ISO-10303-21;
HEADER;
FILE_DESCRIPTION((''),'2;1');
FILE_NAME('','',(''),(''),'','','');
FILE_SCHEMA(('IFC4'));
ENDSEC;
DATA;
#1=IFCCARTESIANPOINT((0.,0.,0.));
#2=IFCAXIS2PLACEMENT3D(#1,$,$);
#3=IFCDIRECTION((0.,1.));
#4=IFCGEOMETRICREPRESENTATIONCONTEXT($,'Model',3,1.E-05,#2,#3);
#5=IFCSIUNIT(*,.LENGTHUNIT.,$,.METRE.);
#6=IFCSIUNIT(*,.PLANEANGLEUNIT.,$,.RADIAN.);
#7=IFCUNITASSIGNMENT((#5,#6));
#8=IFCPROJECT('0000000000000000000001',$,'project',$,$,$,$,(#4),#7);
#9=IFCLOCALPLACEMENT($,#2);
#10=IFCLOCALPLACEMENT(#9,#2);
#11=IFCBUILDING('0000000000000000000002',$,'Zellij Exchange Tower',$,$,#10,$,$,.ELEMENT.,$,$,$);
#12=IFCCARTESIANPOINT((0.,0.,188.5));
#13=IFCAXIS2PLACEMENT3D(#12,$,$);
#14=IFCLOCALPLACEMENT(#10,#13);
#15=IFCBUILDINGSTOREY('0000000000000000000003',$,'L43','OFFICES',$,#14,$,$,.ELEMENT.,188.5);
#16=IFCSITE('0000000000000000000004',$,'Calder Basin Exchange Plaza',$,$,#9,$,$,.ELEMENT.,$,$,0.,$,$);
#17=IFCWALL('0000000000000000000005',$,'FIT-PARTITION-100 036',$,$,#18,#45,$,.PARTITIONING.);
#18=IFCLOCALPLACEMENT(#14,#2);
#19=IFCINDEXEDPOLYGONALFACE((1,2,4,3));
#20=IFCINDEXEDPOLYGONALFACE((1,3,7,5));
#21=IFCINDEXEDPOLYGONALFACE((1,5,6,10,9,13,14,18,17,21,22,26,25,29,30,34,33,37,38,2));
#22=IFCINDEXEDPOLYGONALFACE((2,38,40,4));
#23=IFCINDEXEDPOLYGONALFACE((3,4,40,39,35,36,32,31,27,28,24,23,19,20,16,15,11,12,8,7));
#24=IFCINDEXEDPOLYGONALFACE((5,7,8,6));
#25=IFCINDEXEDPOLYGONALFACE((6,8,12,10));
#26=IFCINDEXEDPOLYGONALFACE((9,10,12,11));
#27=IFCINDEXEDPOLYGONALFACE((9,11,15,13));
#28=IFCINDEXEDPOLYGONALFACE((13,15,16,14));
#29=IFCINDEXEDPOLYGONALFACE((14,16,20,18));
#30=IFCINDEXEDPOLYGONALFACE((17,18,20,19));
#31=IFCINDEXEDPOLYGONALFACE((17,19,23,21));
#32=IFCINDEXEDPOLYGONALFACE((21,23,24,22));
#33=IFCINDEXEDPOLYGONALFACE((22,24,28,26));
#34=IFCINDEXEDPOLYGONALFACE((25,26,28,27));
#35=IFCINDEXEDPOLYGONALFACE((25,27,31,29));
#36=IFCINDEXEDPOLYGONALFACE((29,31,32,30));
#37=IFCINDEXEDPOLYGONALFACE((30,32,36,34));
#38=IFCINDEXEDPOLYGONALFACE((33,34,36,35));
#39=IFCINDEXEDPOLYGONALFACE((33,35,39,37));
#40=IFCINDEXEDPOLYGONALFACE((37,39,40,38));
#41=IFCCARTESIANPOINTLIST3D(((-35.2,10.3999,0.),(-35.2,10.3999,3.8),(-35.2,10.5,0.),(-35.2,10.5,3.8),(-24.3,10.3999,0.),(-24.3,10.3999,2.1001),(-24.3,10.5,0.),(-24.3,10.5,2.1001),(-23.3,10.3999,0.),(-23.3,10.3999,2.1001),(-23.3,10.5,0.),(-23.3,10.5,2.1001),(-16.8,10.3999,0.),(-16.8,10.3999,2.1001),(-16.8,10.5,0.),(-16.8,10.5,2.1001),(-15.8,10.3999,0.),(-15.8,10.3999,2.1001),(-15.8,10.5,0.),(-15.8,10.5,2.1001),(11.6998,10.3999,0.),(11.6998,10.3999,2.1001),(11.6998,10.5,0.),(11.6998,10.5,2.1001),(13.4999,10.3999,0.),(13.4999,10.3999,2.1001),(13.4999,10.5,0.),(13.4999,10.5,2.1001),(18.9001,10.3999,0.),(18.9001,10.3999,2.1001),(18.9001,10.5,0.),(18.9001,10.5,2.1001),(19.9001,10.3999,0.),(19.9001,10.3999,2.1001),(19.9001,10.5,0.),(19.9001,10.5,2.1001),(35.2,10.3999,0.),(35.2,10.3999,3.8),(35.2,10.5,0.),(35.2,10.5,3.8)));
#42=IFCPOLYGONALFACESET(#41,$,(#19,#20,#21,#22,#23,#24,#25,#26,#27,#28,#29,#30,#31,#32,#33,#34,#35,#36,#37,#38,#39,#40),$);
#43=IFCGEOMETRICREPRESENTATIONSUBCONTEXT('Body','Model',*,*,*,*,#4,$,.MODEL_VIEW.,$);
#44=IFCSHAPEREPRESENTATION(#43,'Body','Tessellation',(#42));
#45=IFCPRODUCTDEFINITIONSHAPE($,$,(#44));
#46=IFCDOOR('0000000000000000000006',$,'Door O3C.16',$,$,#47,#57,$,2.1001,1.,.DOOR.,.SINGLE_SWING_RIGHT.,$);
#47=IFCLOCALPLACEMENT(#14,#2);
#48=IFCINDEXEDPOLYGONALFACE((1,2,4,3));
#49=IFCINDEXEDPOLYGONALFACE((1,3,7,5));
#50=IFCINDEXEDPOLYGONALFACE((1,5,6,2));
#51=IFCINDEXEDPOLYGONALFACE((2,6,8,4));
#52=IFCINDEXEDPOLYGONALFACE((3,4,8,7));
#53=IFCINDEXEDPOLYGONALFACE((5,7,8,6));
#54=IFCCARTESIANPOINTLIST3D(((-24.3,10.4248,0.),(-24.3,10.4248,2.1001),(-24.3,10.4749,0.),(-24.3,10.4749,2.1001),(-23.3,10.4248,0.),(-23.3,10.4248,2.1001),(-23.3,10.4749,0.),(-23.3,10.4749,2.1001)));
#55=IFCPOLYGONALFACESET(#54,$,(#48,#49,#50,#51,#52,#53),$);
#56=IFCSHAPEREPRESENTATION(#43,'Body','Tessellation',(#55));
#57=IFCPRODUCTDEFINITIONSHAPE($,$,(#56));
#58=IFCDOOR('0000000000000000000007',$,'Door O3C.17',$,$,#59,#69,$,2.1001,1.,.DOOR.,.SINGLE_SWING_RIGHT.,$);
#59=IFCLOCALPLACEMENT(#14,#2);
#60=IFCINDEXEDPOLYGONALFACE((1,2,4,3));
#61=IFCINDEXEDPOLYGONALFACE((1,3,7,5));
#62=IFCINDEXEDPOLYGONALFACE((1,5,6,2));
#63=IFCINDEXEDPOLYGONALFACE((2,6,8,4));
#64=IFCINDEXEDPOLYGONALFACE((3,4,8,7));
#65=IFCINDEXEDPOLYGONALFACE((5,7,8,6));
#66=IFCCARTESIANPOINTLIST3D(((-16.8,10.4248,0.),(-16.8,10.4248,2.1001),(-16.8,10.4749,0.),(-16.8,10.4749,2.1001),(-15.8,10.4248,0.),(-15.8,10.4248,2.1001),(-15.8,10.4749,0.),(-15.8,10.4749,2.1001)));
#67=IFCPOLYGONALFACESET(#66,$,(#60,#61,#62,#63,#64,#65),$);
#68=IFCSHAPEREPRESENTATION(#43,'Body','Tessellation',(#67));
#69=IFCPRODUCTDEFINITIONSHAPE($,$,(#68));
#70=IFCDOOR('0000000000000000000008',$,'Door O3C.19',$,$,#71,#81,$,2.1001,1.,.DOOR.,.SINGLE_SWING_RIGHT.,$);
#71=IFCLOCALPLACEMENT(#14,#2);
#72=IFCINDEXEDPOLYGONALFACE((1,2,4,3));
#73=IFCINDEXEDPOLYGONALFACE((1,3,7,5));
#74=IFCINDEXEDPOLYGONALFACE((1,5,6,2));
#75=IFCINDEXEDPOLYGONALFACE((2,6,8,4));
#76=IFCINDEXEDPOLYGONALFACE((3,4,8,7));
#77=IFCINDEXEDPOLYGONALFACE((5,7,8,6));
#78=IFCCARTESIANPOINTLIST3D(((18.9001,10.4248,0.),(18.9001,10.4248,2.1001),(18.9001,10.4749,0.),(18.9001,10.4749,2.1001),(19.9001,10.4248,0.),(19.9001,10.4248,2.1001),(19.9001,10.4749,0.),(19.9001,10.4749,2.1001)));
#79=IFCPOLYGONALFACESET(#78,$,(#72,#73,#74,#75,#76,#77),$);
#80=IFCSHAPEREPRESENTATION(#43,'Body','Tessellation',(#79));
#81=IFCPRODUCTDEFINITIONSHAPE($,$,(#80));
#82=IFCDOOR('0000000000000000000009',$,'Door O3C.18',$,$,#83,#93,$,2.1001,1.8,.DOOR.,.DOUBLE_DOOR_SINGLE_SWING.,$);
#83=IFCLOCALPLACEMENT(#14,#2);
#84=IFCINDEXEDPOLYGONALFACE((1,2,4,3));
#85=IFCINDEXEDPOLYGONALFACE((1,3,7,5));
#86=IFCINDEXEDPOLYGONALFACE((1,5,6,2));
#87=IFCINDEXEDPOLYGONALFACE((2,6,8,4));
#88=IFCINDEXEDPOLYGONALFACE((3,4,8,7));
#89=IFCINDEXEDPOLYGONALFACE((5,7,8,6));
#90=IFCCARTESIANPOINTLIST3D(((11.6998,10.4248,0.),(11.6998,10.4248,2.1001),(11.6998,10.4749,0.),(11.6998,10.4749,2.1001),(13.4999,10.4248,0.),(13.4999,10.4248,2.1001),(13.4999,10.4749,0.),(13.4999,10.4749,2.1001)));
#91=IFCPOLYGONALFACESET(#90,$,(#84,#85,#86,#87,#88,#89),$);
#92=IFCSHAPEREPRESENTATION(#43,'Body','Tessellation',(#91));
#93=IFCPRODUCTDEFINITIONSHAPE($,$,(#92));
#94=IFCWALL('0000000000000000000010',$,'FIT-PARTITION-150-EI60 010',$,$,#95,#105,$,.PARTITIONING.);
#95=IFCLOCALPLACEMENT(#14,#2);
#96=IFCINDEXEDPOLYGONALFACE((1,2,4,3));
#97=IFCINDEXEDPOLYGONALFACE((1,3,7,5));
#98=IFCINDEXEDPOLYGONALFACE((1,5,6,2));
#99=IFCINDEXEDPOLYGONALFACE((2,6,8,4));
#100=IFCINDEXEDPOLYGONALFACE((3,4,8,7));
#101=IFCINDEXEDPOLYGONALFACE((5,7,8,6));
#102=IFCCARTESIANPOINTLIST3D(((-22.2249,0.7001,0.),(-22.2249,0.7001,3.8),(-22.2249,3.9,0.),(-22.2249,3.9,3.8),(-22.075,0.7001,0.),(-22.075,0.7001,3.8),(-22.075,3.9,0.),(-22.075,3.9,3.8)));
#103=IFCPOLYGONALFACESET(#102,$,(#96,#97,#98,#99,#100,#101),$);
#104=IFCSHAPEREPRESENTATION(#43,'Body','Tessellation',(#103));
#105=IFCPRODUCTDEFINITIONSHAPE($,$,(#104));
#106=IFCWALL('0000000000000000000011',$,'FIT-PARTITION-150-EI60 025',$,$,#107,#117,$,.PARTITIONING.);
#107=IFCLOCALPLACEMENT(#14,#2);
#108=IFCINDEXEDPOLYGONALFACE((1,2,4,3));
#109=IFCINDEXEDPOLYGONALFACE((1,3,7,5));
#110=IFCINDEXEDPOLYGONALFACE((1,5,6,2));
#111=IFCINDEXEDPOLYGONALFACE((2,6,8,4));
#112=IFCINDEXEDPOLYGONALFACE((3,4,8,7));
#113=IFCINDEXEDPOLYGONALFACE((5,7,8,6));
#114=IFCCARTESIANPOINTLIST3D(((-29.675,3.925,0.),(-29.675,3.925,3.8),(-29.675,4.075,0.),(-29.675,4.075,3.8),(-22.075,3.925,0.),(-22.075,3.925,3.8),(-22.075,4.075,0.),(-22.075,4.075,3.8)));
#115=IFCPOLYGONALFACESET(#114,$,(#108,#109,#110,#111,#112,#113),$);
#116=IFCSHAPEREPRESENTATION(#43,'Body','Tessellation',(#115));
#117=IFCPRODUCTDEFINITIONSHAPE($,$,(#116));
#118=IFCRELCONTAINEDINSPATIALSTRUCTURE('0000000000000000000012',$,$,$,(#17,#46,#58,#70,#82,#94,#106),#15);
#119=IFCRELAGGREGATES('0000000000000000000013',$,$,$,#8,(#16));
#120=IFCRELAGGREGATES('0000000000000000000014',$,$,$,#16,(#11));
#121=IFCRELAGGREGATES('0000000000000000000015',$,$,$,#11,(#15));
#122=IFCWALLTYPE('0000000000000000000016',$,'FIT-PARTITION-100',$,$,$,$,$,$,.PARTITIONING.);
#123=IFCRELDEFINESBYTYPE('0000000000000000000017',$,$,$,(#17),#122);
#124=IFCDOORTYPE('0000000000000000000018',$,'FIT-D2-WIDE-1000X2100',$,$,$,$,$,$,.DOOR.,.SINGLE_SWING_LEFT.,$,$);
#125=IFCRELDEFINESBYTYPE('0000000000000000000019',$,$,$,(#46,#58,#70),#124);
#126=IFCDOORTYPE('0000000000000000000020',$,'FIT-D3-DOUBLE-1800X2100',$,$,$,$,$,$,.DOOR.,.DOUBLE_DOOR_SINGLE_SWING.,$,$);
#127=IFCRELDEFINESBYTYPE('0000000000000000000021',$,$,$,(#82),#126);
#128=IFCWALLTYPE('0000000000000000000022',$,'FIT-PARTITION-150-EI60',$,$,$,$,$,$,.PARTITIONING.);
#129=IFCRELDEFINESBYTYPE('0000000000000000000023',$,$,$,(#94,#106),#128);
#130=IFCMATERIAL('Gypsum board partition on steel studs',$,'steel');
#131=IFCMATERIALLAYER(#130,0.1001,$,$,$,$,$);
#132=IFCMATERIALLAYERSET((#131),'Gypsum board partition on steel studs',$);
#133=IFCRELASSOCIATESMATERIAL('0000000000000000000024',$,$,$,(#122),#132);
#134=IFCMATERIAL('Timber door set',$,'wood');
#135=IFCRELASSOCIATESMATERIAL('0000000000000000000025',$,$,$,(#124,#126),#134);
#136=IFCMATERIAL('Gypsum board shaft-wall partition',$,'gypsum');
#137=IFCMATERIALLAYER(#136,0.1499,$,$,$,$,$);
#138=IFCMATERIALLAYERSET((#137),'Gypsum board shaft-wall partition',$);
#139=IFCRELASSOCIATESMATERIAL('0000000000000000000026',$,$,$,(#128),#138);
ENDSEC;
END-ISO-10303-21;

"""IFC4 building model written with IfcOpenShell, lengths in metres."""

from ifc_helpers import new_model, si_unit, direction, frame, frame_2d, origin, place, context, subcontext, project, spatial, rectangle, extrude, material, layer, layer_set, type_object, element, fill, save


model = new_model("IFC4")

# Units and contexts
model_context = context("Model", 3, precision=1e-05, world=origin(), true_north=direction((0.0, 1.0)))
body_context = subcontext(model_context, "Body", "Model", "MODEL_VIEW")
ifc_project = project(units=[si_unit("LENGTHUNIT", "METRE"), si_unit("PLANEANGLEUNIT", "RADIAN")], contexts=[model_context])

# Site, building, storey
site_placement = place(None, origin())
site = spatial("IfcSite", under=ifc_project, at=site_placement, Name="Calder Basin Exchange Plaza", CompositionType="ELEMENT", RefElevation=0.0)
building_placement = place(site_placement, origin())
building = spatial("IfcBuilding", under=site, at=building_placement, Name="Zellij Exchange Tower", CompositionType="ELEMENT")
storey_placement = place(building_placement, frame((0.0, 0.0, 188.5)))
storey = spatial("IfcBuildingStorey", under=building, at=storey_placement, Name="L43", Description="OFFICES", CompositionType="ELEMENT", Elevation=188.5)

# Shared definitions
ifc_material_1 = material(Name="Gypsum board partition on steel studs", Category="steel")
ifc_layer_1 = layer(ifc_material_1, 0.1001)
ifc_layer_set_1 = layer_set([ifc_layer_1], Name="Gypsum board partition on steel studs")
wall_type_1 = type_object("IfcWallType", Name="FIT-PARTITION-100", PredefinedType="PARTITIONING", material=ifc_layer_set_1)

# Shared definitions
ifc_material_2 = material(Name="Timber door set", Category="wood")

# Wall, openings, doors
wall_1_placement = place(storey_placement, frame((-35.2, 10.45, 0.0), z_axis=(0.0, 0.0, 1.0), x_axis=(1.0, 0.0, 0.0)))
wall_1 = element("IfcWall", 1, at=wall_1_placement, inside=storey, type_object=wall_type_1, Name="FIT-PARTITION-100 036", PredefinedType="PARTITIONING", context=body_context, shape_type="SweptSolid", body=[
    extrude(rectangle(XDim=70.3999, YDim=0.1001, at=frame_2d((35.2, 0.0))), origin(), (0.0, 0.0, 1.0), 3.8),
])
opening_1_placement = place(wall_1_placement, frame((10.8999, 0.0, 0.0)))
opening_1 = element("IfcOpeningElement", 2, at=opening_1_placement, cuts=wall_1, PredefinedType="OPENING", context=body_context, shape_type="SweptSolid", body=[
    extrude(rectangle(XDim=1.0, YDim=2.1001, at=frame_2d((0.5, 1.05))), frame((0.0, 0.062, 0.0), z_axis=(0.0, -1.0, 0.0), x_axis=(1.0, 0.0, 0.0)), (0.0, 0.0, 1.0), 0.124),
])
opening_2_placement = place(wall_1_placement, frame((18.3999, 0.0, 0.0)))
opening_2 = element("IfcOpeningElement", 3, at=opening_2_placement, cuts=wall_1, PredefinedType="OPENING", context=body_context, shape_type="SweptSolid", body=[
    extrude(rectangle(XDim=1.0, YDim=2.1001, at=frame_2d((0.5, 1.05))), frame((0.0, 0.062, 0.0), z_axis=(0.0, -1.0, 0.0), x_axis=(1.0, 0.0, 0.0)), (0.0, 0.0, 1.0), 0.124),
])
opening_3_placement = place(wall_1_placement, frame((46.8999, 0.0, 0.0)))
opening_3 = element("IfcOpeningElement", 4, at=opening_3_placement, cuts=wall_1, PredefinedType="OPENING", context=body_context, shape_type="SweptSolid", body=[
    extrude(rectangle(XDim=1.8, YDim=2.1001, at=frame_2d((0.8999, 1.05))), frame((0.0, 0.062, 0.0), z_axis=(0.0, -1.0, 0.0), x_axis=(1.0, 0.0, 0.0)), (0.0, 0.0, 1.0), 0.124),
])
opening_4_placement = place(wall_1_placement, frame((54.1001, 0.0, 0.0)))
opening_4 = element("IfcOpeningElement", 5, at=opening_4_placement, cuts=wall_1, PredefinedType="OPENING", context=body_context, shape_type="SweptSolid", body=[
    extrude(rectangle(XDim=1.0, YDim=2.1001, at=frame_2d((0.5, 1.05))), frame((0.0, 0.062, 0.0), z_axis=(0.0, -1.0, 0.0), x_axis=(1.0, 0.0, 0.0)), (0.0, 0.0, 1.0), 0.124),
])
door_type_1 = type_object("IfcDoorType", Name="FIT-D2-WIDE-1000X2100", OperationType="SINGLE_SWING_LEFT", PredefinedType="DOOR", material=ifc_material_2)
door_1_placement = place(opening_1_placement, origin())
door_1 = element("IfcDoor", 6, at=door_1_placement, inside=storey, type_object=door_type_1, Name="Door O3C.16", OperationType="SINGLE_SWING_RIGHT", OverallHeight=2.1001, OverallWidth=1.0, PredefinedType="DOOR", context=body_context, shape_type="SweptSolid", body=[
    extrude(rectangle(XDim=1.0, YDim=2.1001, at=frame_2d((0.5, 1.05))), frame((0.0, 0.0249, 0.0), z_axis=(0.0, -1.0, 0.0), x_axis=(1.0, 0.0, 0.0)), (0.0, 0.0, 1.0), 0.05),
])
fill(opening_1, door_1)
door_2_placement = place(opening_2_placement, origin())
door_2 = element("IfcDoor", 7, at=door_2_placement, inside=storey, type_object=door_type_1, Name="Door O3C.17", OperationType="SINGLE_SWING_RIGHT", OverallHeight=2.1001, OverallWidth=1.0, PredefinedType="DOOR", context=body_context, shape_type="SweptSolid", body=[
    extrude(rectangle(XDim=1.0, YDim=2.1001, at=frame_2d((0.5, 1.05))), frame((0.0, 0.0249, 0.0), z_axis=(0.0, -1.0, 0.0), x_axis=(1.0, 0.0, 0.0)), (0.0, 0.0, 1.0), 0.05),
])
fill(opening_2, door_2)
door_3_placement = place(opening_4_placement, origin())
door_3 = element("IfcDoor", 8, at=door_3_placement, inside=storey, type_object=door_type_1, Name="Door O3C.19", OperationType="SINGLE_SWING_RIGHT", OverallHeight=2.1001, OverallWidth=1.0, PredefinedType="DOOR", context=body_context, shape_type="SweptSolid", body=[
    extrude(rectangle(XDim=1.0, YDim=2.1001, at=frame_2d((0.5, 1.05))), frame((0.0, 0.0249, 0.0), z_axis=(0.0, -1.0, 0.0), x_axis=(1.0, 0.0, 0.0)), (0.0, 0.0, 1.0), 0.05),
])
fill(opening_4, door_3)
door_type_2 = type_object("IfcDoorType", Name="FIT-D3-DOUBLE-1800X2100", OperationType="DOUBLE_DOOR_SINGLE_SWING", PredefinedType="DOOR", material=ifc_material_2)
door_4_placement = place(opening_3_placement, origin())
door_4 = element("IfcDoor", 9, at=door_4_placement, inside=storey, type_object=door_type_2, Name="Door O3C.18", OperationType="DOUBLE_DOOR_SINGLE_SWING", OverallHeight=2.1001, OverallWidth=1.8, PredefinedType="DOOR", context=body_context, shape_type="SweptSolid", body=[
    extrude(rectangle(XDim=1.8, YDim=2.1001, at=frame_2d((0.8999, 1.05))), frame((0.0, 0.0249, 0.0), z_axis=(0.0, -1.0, 0.0), x_axis=(1.0, 0.0, 0.0)), (0.0, 0.0, 1.0), 0.05),
])
fill(opening_3, door_4)

# Walls
ifc_material_3 = material(Name="Gypsum board shaft-wall partition", Category="gypsum")
ifc_layer_2 = layer(ifc_material_3, 0.1499)
ifc_layer_set_2 = layer_set([ifc_layer_2], Name="Gypsum board shaft-wall partition")
wall_type_2 = type_object("IfcWallType", Name="FIT-PARTITION-150-EI60", PredefinedType="PARTITIONING", material=ifc_layer_set_2)
wall_2_placement = place(storey_placement, frame((-22.1499, 0.7, 0.0), z_axis=(0.0, 0.0, 1.0), x_axis=(0.0, 1.0, 0.0)))
element("IfcWall", 10, at=wall_2_placement, inside=storey, type_object=wall_type_2, Name="FIT-PARTITION-150-EI60 010", PredefinedType="PARTITIONING", context=body_context, shape_type="SweptSolid", body=[
    extrude(rectangle(XDim=3.2, YDim=0.1499, at=frame_2d((1.6001, 0.0))), origin(), (0.0, 0.0, 1.0), 3.8),
])
wall_3_placement = place(storey_placement, frame((-29.675, 4.0, 0.0), z_axis=(0.0, 0.0, 1.0), x_axis=(1.0, 0.0, 0.0)))
element("IfcWall", 11, at=wall_3_placement, inside=storey, type_object=wall_type_2, Name="FIT-PARTITION-150-EI60 025", PredefinedType="PARTITIONING", context=body_context, shape_type="SweptSolid", body=[
    extrude(rectangle(XDim=7.6001, YDim=0.1499, at=frame_2d((3.8, 0.0))), origin(), (0.0, 0.0, 1.0), 3.8),
])

save(model, "model.ifc")
